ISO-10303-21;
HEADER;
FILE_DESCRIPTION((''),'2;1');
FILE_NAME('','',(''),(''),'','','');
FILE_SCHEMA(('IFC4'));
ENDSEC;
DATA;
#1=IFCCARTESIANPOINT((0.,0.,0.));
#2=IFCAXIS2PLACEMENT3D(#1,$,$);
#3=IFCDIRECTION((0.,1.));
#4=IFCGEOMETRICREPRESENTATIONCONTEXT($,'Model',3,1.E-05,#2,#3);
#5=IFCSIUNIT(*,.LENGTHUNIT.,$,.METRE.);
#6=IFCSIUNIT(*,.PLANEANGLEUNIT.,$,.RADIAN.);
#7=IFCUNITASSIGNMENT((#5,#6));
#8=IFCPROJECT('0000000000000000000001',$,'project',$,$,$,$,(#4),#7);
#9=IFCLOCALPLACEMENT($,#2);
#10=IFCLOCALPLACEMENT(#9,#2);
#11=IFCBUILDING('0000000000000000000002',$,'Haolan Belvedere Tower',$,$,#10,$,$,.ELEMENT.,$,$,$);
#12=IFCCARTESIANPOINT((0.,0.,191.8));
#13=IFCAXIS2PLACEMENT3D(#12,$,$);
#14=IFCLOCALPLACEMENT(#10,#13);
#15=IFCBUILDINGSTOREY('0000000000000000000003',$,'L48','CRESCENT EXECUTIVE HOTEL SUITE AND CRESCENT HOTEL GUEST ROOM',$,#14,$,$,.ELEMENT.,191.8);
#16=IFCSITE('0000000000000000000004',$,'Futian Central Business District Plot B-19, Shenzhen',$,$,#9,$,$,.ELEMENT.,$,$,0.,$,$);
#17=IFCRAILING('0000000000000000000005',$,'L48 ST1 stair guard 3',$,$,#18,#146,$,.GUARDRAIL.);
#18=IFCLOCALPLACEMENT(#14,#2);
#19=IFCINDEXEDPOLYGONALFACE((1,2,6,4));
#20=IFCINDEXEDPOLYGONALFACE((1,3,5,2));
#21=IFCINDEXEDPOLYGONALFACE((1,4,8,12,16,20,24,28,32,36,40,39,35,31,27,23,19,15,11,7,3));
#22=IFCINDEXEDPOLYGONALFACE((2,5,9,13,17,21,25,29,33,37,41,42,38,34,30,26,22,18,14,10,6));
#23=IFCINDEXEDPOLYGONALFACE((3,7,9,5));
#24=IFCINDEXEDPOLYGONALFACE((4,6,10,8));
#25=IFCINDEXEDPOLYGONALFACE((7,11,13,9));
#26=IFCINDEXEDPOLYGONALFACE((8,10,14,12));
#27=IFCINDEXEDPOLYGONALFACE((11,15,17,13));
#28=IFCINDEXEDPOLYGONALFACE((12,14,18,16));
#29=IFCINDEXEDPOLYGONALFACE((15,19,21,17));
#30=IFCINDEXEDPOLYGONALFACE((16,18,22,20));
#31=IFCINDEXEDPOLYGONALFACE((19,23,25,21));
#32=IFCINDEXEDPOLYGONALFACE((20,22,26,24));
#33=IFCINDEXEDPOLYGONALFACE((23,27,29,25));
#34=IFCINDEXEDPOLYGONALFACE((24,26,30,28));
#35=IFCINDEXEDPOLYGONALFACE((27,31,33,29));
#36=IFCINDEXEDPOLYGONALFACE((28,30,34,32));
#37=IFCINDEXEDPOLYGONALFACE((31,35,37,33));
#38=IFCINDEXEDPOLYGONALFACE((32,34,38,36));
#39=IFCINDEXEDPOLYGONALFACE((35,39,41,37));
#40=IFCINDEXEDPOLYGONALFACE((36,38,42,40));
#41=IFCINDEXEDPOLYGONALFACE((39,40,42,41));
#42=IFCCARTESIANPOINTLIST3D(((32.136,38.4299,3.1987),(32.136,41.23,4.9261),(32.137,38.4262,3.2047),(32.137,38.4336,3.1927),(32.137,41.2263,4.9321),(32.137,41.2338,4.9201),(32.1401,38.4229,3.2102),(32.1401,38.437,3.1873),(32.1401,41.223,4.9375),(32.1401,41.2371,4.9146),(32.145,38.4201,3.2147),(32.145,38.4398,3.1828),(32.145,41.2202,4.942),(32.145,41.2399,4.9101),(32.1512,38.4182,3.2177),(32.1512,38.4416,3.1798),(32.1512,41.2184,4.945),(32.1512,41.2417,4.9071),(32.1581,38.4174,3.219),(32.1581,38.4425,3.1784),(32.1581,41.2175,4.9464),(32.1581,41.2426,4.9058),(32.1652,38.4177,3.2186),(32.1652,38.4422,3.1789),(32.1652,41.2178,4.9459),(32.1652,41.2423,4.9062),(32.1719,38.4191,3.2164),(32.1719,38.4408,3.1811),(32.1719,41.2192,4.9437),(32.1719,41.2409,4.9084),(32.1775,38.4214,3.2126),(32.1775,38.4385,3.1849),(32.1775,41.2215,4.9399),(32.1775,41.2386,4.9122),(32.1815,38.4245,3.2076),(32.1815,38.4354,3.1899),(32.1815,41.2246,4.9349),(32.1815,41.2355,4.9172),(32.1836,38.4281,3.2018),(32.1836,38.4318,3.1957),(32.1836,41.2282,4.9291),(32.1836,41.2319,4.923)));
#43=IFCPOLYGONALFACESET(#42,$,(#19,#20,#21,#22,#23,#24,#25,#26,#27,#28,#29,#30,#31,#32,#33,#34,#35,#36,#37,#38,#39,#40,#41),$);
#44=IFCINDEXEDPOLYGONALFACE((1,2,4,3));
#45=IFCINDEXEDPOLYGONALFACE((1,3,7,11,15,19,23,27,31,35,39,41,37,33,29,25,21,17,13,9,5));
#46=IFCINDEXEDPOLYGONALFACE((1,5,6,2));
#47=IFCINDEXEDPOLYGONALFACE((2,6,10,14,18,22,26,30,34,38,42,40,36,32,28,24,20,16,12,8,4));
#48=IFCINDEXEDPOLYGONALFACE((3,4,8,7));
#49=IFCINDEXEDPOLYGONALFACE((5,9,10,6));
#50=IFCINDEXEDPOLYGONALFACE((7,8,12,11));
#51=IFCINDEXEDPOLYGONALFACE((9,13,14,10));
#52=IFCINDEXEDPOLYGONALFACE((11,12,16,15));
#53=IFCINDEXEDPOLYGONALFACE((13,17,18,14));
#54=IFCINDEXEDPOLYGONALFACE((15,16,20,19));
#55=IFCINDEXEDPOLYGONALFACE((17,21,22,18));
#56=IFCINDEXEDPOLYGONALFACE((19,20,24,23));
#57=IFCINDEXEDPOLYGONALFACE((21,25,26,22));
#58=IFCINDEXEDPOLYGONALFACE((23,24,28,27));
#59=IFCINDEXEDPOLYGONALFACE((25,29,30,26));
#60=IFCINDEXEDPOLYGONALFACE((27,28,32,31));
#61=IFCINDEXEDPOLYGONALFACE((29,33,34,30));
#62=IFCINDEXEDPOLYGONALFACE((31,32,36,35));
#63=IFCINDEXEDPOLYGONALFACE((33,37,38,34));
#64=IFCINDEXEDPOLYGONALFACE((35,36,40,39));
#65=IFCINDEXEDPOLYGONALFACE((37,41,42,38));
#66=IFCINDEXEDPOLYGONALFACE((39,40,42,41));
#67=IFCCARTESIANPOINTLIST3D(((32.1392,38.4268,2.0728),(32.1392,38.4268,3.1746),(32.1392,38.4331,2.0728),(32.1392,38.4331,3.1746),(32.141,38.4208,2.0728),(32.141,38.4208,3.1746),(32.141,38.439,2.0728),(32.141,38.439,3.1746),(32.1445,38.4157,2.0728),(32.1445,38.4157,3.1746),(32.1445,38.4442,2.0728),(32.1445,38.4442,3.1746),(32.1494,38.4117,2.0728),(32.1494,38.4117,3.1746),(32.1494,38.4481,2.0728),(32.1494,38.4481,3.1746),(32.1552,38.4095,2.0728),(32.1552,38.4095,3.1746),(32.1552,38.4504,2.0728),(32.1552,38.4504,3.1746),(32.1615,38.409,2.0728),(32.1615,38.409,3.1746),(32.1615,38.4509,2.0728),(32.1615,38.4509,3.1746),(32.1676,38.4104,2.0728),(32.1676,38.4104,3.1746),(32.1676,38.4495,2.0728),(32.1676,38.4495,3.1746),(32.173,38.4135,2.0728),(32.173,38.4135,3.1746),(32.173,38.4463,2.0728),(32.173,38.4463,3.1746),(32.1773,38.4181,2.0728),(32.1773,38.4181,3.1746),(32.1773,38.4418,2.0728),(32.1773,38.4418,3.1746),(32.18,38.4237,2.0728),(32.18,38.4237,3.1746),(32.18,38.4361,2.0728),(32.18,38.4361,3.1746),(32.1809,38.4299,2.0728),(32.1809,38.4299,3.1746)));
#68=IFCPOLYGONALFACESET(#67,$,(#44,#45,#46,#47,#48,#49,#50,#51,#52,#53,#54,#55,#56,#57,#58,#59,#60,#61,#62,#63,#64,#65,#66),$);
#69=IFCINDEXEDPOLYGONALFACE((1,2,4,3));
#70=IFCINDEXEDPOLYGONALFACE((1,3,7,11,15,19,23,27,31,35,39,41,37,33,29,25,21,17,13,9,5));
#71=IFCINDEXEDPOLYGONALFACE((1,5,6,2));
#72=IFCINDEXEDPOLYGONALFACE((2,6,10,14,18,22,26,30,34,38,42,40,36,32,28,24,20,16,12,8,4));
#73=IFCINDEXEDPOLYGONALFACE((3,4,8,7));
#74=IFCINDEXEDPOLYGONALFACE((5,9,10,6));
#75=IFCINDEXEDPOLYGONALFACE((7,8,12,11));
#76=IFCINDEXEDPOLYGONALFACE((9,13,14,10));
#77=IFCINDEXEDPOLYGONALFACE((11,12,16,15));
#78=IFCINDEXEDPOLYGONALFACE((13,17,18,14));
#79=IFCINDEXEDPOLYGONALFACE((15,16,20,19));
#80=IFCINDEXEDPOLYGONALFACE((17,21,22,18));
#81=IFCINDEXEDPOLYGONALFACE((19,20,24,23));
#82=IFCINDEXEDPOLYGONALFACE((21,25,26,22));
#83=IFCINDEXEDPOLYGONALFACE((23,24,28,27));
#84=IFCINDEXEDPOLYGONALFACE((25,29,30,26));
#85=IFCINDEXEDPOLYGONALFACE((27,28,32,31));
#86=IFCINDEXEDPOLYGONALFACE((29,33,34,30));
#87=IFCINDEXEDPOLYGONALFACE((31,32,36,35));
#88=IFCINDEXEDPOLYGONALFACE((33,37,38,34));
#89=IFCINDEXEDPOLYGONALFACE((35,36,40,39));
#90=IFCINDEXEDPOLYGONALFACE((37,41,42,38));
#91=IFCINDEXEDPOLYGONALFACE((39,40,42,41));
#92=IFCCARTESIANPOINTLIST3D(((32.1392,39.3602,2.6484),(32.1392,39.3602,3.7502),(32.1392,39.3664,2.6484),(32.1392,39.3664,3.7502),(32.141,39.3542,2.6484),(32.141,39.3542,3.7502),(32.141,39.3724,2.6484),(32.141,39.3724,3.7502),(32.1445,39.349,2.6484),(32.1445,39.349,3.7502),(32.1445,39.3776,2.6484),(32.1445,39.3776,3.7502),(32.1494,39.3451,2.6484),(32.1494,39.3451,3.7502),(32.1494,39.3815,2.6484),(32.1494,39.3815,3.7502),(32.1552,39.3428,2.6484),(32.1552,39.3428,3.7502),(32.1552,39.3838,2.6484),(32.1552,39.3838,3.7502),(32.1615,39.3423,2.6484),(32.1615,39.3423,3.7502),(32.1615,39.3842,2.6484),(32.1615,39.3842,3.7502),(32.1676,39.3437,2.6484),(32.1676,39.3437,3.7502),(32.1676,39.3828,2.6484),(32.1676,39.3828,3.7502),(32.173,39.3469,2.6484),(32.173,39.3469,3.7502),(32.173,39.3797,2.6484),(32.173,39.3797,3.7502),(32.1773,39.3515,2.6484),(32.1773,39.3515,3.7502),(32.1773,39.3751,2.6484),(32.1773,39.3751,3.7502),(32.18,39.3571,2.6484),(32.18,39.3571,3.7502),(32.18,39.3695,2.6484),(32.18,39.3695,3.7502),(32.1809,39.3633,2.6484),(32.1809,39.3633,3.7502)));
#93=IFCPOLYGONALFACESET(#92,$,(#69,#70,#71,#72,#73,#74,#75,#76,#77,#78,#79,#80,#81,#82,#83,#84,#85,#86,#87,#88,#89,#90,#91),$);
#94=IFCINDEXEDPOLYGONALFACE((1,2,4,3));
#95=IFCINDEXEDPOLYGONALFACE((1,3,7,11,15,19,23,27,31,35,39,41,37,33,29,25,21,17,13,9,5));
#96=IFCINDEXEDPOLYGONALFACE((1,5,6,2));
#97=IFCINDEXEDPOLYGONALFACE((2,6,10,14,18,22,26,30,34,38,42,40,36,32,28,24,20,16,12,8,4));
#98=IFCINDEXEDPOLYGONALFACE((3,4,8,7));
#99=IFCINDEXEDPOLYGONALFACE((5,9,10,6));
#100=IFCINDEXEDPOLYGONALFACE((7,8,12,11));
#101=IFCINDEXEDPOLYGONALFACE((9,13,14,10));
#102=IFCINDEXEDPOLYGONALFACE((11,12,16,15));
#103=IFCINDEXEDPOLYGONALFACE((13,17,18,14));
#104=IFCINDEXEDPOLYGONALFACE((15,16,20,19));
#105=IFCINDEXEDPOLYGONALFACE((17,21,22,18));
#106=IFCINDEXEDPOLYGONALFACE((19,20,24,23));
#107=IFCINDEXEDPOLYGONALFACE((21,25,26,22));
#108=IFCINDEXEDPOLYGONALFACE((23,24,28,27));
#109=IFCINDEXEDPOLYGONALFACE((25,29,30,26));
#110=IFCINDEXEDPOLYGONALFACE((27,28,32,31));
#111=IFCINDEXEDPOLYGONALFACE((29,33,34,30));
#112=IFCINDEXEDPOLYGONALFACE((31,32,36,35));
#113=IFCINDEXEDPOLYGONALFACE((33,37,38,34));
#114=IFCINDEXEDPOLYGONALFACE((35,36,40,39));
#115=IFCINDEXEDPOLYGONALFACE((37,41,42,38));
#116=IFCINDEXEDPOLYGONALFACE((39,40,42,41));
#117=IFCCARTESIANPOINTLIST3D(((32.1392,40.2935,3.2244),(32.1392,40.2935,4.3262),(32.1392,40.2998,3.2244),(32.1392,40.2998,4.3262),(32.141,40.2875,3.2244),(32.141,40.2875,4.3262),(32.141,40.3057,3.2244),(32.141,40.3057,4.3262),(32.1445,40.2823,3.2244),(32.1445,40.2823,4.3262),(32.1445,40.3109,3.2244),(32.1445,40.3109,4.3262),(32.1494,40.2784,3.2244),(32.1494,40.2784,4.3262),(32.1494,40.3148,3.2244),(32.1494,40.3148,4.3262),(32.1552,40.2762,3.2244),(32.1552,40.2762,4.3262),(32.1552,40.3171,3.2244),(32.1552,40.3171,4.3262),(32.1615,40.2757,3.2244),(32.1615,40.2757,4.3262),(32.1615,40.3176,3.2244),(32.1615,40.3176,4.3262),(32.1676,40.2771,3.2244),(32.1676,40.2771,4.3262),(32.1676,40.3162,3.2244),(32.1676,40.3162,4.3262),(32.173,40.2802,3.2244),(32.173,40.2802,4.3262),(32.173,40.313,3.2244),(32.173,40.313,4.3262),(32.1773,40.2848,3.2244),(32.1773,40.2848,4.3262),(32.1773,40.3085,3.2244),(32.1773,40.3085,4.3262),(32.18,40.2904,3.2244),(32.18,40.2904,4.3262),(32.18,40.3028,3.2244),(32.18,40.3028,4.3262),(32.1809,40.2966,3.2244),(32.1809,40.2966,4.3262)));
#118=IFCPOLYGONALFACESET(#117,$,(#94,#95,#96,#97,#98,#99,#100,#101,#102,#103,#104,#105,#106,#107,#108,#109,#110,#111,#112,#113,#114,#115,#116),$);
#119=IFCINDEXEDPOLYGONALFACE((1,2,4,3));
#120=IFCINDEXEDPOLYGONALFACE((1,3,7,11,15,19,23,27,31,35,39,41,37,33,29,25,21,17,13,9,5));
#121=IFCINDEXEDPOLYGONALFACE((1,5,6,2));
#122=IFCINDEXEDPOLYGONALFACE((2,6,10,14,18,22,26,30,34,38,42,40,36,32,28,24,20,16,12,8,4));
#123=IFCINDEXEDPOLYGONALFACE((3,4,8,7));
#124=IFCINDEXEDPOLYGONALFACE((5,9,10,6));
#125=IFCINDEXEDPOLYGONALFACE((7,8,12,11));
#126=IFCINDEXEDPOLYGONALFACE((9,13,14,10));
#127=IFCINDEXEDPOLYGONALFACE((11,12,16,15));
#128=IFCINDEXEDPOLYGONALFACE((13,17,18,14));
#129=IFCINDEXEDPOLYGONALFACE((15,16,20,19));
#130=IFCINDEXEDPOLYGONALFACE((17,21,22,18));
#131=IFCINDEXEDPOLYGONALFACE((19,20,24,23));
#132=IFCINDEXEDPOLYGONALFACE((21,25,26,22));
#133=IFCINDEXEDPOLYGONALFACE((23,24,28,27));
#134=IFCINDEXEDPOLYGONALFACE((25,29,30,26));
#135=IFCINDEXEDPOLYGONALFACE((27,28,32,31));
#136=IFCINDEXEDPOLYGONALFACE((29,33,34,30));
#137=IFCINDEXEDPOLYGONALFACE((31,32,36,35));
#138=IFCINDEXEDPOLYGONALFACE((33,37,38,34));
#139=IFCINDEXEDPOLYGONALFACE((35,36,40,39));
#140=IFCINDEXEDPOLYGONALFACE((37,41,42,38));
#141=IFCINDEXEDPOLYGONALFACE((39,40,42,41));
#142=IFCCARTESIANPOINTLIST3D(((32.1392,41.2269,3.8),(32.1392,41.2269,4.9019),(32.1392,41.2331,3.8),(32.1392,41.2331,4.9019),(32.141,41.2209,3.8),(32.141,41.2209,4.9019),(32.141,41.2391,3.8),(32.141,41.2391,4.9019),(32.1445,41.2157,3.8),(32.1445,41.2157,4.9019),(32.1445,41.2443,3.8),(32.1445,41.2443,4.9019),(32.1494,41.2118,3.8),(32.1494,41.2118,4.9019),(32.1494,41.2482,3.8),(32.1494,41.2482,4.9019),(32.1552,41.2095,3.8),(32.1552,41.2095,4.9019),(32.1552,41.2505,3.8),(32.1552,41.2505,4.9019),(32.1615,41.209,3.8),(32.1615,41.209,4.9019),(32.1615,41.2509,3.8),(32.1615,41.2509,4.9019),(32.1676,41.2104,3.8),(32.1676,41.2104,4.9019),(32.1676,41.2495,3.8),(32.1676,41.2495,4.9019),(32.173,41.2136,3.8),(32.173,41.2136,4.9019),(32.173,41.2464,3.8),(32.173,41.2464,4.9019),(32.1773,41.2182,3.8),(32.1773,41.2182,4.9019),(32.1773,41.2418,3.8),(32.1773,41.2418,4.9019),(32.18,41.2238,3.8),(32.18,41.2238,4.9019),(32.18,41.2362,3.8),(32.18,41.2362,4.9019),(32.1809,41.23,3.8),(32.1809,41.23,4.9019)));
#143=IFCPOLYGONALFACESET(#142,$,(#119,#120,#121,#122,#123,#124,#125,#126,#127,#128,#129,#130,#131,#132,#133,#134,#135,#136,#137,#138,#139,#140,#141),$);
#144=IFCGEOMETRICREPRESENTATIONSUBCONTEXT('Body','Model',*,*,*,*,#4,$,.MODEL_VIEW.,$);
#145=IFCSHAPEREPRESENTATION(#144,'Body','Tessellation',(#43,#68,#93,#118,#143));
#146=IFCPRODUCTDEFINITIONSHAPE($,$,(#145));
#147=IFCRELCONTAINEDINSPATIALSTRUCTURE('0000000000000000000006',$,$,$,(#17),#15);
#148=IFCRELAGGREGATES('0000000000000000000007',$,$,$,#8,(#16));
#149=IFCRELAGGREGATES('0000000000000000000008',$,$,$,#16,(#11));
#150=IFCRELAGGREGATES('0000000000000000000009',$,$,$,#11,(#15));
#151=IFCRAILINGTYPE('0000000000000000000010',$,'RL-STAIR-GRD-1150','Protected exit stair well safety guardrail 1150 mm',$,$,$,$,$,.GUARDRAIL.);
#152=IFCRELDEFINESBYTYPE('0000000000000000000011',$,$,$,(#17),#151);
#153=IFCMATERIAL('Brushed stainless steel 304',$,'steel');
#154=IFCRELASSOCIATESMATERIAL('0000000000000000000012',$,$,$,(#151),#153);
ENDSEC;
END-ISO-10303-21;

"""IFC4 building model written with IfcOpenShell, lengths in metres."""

from ifc_helpers import new_model, si_unit, direction, frame, origin, origin_2d, place, context, subcontext, project, spatial, circle, extrude, material, type_object, element, save


model = new_model("IFC4")

# Units and contexts
model_context = context("Model", 3, precision=1e-05, world=origin(), true_north=direction((0.0, 1.0)))
body_context = subcontext(model_context, "Body", "Model", "MODEL_VIEW")
ifc_project = project(units=[si_unit("LENGTHUNIT", "METRE"), si_unit("PLANEANGLEUNIT", "RADIAN")], contexts=[model_context])

# Site, building, storey
site_placement = place(None, origin())
site = spatial("IfcSite", under=ifc_project, at=site_placement, Name="Futian Central Business District Plot B-19, Shenzhen", CompositionType="ELEMENT", RefElevation=0.0)
building_placement = place(site_placement, origin())
building = spatial("IfcBuilding", under=site, at=building_placement, Name="Haolan Belvedere Tower", CompositionType="ELEMENT")
storey_placement = place(building_placement, frame((0.0, 0.0, 191.8)))
storey = spatial("IfcBuildingStorey", under=building, at=storey_placement, Name="L48", Description="CRESCENT EXECUTIVE HOTEL SUITE AND CRESCENT HOTEL GUEST ROOM", CompositionType="ELEMENT", Elevation=191.8)

# Railing
ifc_material_1 = material(Name="Brushed stainless steel 304", Category="steel")
railing_type_1 = type_object("IfcRailingType", Name="RL-STAIR-GRD-1150", Description="Protected exit stair well safety guardrail 1150 mm", PredefinedType="GUARDRAIL", material=ifc_material_1)
railing_1_placement = place(storey_placement, frame((32.1599, 38.4299, 2.0728)))
element("IfcRailing", 1, at=railing_1_placement, inside=storey, type_object=railing_type_1, Name="L48 ST1 stair guard 3", PredefinedType="GUARDRAIL", context=body_context, shape_type="SweptSolid", body=[
    extrude(circle(Radius=0.0239, at=origin_2d()), frame((0.0, 0.0, 1.126), z_axis=(0.0, 0.85109, 0.52502), x_axis=(-1.0, 0.0, 0.0)), (0.0, 0.0, 1.0), 3.29),
    extrude(circle(Radius=0.021, at=origin_2d()), origin(), (0.0, 0.0, 1.0), 1.1018),
    extrude(circle(Radius=0.021, at=origin_2d()), frame((0.0, 0.9333, 0.5757)), (0.0, 0.0, 1.0), 1.1018),
    extrude(circle(Radius=0.021, at=origin_2d()), frame((0.0, 1.8667, 1.1516)), (0.0, 0.0, 1.0), 1.1018),
    extrude(circle(Radius=0.021, at=origin_2d()), frame((0.0, 2.8, 1.7273)), (0.0, 0.0, 1.0), 1.1018),
])

save(model, "model.ifc")
